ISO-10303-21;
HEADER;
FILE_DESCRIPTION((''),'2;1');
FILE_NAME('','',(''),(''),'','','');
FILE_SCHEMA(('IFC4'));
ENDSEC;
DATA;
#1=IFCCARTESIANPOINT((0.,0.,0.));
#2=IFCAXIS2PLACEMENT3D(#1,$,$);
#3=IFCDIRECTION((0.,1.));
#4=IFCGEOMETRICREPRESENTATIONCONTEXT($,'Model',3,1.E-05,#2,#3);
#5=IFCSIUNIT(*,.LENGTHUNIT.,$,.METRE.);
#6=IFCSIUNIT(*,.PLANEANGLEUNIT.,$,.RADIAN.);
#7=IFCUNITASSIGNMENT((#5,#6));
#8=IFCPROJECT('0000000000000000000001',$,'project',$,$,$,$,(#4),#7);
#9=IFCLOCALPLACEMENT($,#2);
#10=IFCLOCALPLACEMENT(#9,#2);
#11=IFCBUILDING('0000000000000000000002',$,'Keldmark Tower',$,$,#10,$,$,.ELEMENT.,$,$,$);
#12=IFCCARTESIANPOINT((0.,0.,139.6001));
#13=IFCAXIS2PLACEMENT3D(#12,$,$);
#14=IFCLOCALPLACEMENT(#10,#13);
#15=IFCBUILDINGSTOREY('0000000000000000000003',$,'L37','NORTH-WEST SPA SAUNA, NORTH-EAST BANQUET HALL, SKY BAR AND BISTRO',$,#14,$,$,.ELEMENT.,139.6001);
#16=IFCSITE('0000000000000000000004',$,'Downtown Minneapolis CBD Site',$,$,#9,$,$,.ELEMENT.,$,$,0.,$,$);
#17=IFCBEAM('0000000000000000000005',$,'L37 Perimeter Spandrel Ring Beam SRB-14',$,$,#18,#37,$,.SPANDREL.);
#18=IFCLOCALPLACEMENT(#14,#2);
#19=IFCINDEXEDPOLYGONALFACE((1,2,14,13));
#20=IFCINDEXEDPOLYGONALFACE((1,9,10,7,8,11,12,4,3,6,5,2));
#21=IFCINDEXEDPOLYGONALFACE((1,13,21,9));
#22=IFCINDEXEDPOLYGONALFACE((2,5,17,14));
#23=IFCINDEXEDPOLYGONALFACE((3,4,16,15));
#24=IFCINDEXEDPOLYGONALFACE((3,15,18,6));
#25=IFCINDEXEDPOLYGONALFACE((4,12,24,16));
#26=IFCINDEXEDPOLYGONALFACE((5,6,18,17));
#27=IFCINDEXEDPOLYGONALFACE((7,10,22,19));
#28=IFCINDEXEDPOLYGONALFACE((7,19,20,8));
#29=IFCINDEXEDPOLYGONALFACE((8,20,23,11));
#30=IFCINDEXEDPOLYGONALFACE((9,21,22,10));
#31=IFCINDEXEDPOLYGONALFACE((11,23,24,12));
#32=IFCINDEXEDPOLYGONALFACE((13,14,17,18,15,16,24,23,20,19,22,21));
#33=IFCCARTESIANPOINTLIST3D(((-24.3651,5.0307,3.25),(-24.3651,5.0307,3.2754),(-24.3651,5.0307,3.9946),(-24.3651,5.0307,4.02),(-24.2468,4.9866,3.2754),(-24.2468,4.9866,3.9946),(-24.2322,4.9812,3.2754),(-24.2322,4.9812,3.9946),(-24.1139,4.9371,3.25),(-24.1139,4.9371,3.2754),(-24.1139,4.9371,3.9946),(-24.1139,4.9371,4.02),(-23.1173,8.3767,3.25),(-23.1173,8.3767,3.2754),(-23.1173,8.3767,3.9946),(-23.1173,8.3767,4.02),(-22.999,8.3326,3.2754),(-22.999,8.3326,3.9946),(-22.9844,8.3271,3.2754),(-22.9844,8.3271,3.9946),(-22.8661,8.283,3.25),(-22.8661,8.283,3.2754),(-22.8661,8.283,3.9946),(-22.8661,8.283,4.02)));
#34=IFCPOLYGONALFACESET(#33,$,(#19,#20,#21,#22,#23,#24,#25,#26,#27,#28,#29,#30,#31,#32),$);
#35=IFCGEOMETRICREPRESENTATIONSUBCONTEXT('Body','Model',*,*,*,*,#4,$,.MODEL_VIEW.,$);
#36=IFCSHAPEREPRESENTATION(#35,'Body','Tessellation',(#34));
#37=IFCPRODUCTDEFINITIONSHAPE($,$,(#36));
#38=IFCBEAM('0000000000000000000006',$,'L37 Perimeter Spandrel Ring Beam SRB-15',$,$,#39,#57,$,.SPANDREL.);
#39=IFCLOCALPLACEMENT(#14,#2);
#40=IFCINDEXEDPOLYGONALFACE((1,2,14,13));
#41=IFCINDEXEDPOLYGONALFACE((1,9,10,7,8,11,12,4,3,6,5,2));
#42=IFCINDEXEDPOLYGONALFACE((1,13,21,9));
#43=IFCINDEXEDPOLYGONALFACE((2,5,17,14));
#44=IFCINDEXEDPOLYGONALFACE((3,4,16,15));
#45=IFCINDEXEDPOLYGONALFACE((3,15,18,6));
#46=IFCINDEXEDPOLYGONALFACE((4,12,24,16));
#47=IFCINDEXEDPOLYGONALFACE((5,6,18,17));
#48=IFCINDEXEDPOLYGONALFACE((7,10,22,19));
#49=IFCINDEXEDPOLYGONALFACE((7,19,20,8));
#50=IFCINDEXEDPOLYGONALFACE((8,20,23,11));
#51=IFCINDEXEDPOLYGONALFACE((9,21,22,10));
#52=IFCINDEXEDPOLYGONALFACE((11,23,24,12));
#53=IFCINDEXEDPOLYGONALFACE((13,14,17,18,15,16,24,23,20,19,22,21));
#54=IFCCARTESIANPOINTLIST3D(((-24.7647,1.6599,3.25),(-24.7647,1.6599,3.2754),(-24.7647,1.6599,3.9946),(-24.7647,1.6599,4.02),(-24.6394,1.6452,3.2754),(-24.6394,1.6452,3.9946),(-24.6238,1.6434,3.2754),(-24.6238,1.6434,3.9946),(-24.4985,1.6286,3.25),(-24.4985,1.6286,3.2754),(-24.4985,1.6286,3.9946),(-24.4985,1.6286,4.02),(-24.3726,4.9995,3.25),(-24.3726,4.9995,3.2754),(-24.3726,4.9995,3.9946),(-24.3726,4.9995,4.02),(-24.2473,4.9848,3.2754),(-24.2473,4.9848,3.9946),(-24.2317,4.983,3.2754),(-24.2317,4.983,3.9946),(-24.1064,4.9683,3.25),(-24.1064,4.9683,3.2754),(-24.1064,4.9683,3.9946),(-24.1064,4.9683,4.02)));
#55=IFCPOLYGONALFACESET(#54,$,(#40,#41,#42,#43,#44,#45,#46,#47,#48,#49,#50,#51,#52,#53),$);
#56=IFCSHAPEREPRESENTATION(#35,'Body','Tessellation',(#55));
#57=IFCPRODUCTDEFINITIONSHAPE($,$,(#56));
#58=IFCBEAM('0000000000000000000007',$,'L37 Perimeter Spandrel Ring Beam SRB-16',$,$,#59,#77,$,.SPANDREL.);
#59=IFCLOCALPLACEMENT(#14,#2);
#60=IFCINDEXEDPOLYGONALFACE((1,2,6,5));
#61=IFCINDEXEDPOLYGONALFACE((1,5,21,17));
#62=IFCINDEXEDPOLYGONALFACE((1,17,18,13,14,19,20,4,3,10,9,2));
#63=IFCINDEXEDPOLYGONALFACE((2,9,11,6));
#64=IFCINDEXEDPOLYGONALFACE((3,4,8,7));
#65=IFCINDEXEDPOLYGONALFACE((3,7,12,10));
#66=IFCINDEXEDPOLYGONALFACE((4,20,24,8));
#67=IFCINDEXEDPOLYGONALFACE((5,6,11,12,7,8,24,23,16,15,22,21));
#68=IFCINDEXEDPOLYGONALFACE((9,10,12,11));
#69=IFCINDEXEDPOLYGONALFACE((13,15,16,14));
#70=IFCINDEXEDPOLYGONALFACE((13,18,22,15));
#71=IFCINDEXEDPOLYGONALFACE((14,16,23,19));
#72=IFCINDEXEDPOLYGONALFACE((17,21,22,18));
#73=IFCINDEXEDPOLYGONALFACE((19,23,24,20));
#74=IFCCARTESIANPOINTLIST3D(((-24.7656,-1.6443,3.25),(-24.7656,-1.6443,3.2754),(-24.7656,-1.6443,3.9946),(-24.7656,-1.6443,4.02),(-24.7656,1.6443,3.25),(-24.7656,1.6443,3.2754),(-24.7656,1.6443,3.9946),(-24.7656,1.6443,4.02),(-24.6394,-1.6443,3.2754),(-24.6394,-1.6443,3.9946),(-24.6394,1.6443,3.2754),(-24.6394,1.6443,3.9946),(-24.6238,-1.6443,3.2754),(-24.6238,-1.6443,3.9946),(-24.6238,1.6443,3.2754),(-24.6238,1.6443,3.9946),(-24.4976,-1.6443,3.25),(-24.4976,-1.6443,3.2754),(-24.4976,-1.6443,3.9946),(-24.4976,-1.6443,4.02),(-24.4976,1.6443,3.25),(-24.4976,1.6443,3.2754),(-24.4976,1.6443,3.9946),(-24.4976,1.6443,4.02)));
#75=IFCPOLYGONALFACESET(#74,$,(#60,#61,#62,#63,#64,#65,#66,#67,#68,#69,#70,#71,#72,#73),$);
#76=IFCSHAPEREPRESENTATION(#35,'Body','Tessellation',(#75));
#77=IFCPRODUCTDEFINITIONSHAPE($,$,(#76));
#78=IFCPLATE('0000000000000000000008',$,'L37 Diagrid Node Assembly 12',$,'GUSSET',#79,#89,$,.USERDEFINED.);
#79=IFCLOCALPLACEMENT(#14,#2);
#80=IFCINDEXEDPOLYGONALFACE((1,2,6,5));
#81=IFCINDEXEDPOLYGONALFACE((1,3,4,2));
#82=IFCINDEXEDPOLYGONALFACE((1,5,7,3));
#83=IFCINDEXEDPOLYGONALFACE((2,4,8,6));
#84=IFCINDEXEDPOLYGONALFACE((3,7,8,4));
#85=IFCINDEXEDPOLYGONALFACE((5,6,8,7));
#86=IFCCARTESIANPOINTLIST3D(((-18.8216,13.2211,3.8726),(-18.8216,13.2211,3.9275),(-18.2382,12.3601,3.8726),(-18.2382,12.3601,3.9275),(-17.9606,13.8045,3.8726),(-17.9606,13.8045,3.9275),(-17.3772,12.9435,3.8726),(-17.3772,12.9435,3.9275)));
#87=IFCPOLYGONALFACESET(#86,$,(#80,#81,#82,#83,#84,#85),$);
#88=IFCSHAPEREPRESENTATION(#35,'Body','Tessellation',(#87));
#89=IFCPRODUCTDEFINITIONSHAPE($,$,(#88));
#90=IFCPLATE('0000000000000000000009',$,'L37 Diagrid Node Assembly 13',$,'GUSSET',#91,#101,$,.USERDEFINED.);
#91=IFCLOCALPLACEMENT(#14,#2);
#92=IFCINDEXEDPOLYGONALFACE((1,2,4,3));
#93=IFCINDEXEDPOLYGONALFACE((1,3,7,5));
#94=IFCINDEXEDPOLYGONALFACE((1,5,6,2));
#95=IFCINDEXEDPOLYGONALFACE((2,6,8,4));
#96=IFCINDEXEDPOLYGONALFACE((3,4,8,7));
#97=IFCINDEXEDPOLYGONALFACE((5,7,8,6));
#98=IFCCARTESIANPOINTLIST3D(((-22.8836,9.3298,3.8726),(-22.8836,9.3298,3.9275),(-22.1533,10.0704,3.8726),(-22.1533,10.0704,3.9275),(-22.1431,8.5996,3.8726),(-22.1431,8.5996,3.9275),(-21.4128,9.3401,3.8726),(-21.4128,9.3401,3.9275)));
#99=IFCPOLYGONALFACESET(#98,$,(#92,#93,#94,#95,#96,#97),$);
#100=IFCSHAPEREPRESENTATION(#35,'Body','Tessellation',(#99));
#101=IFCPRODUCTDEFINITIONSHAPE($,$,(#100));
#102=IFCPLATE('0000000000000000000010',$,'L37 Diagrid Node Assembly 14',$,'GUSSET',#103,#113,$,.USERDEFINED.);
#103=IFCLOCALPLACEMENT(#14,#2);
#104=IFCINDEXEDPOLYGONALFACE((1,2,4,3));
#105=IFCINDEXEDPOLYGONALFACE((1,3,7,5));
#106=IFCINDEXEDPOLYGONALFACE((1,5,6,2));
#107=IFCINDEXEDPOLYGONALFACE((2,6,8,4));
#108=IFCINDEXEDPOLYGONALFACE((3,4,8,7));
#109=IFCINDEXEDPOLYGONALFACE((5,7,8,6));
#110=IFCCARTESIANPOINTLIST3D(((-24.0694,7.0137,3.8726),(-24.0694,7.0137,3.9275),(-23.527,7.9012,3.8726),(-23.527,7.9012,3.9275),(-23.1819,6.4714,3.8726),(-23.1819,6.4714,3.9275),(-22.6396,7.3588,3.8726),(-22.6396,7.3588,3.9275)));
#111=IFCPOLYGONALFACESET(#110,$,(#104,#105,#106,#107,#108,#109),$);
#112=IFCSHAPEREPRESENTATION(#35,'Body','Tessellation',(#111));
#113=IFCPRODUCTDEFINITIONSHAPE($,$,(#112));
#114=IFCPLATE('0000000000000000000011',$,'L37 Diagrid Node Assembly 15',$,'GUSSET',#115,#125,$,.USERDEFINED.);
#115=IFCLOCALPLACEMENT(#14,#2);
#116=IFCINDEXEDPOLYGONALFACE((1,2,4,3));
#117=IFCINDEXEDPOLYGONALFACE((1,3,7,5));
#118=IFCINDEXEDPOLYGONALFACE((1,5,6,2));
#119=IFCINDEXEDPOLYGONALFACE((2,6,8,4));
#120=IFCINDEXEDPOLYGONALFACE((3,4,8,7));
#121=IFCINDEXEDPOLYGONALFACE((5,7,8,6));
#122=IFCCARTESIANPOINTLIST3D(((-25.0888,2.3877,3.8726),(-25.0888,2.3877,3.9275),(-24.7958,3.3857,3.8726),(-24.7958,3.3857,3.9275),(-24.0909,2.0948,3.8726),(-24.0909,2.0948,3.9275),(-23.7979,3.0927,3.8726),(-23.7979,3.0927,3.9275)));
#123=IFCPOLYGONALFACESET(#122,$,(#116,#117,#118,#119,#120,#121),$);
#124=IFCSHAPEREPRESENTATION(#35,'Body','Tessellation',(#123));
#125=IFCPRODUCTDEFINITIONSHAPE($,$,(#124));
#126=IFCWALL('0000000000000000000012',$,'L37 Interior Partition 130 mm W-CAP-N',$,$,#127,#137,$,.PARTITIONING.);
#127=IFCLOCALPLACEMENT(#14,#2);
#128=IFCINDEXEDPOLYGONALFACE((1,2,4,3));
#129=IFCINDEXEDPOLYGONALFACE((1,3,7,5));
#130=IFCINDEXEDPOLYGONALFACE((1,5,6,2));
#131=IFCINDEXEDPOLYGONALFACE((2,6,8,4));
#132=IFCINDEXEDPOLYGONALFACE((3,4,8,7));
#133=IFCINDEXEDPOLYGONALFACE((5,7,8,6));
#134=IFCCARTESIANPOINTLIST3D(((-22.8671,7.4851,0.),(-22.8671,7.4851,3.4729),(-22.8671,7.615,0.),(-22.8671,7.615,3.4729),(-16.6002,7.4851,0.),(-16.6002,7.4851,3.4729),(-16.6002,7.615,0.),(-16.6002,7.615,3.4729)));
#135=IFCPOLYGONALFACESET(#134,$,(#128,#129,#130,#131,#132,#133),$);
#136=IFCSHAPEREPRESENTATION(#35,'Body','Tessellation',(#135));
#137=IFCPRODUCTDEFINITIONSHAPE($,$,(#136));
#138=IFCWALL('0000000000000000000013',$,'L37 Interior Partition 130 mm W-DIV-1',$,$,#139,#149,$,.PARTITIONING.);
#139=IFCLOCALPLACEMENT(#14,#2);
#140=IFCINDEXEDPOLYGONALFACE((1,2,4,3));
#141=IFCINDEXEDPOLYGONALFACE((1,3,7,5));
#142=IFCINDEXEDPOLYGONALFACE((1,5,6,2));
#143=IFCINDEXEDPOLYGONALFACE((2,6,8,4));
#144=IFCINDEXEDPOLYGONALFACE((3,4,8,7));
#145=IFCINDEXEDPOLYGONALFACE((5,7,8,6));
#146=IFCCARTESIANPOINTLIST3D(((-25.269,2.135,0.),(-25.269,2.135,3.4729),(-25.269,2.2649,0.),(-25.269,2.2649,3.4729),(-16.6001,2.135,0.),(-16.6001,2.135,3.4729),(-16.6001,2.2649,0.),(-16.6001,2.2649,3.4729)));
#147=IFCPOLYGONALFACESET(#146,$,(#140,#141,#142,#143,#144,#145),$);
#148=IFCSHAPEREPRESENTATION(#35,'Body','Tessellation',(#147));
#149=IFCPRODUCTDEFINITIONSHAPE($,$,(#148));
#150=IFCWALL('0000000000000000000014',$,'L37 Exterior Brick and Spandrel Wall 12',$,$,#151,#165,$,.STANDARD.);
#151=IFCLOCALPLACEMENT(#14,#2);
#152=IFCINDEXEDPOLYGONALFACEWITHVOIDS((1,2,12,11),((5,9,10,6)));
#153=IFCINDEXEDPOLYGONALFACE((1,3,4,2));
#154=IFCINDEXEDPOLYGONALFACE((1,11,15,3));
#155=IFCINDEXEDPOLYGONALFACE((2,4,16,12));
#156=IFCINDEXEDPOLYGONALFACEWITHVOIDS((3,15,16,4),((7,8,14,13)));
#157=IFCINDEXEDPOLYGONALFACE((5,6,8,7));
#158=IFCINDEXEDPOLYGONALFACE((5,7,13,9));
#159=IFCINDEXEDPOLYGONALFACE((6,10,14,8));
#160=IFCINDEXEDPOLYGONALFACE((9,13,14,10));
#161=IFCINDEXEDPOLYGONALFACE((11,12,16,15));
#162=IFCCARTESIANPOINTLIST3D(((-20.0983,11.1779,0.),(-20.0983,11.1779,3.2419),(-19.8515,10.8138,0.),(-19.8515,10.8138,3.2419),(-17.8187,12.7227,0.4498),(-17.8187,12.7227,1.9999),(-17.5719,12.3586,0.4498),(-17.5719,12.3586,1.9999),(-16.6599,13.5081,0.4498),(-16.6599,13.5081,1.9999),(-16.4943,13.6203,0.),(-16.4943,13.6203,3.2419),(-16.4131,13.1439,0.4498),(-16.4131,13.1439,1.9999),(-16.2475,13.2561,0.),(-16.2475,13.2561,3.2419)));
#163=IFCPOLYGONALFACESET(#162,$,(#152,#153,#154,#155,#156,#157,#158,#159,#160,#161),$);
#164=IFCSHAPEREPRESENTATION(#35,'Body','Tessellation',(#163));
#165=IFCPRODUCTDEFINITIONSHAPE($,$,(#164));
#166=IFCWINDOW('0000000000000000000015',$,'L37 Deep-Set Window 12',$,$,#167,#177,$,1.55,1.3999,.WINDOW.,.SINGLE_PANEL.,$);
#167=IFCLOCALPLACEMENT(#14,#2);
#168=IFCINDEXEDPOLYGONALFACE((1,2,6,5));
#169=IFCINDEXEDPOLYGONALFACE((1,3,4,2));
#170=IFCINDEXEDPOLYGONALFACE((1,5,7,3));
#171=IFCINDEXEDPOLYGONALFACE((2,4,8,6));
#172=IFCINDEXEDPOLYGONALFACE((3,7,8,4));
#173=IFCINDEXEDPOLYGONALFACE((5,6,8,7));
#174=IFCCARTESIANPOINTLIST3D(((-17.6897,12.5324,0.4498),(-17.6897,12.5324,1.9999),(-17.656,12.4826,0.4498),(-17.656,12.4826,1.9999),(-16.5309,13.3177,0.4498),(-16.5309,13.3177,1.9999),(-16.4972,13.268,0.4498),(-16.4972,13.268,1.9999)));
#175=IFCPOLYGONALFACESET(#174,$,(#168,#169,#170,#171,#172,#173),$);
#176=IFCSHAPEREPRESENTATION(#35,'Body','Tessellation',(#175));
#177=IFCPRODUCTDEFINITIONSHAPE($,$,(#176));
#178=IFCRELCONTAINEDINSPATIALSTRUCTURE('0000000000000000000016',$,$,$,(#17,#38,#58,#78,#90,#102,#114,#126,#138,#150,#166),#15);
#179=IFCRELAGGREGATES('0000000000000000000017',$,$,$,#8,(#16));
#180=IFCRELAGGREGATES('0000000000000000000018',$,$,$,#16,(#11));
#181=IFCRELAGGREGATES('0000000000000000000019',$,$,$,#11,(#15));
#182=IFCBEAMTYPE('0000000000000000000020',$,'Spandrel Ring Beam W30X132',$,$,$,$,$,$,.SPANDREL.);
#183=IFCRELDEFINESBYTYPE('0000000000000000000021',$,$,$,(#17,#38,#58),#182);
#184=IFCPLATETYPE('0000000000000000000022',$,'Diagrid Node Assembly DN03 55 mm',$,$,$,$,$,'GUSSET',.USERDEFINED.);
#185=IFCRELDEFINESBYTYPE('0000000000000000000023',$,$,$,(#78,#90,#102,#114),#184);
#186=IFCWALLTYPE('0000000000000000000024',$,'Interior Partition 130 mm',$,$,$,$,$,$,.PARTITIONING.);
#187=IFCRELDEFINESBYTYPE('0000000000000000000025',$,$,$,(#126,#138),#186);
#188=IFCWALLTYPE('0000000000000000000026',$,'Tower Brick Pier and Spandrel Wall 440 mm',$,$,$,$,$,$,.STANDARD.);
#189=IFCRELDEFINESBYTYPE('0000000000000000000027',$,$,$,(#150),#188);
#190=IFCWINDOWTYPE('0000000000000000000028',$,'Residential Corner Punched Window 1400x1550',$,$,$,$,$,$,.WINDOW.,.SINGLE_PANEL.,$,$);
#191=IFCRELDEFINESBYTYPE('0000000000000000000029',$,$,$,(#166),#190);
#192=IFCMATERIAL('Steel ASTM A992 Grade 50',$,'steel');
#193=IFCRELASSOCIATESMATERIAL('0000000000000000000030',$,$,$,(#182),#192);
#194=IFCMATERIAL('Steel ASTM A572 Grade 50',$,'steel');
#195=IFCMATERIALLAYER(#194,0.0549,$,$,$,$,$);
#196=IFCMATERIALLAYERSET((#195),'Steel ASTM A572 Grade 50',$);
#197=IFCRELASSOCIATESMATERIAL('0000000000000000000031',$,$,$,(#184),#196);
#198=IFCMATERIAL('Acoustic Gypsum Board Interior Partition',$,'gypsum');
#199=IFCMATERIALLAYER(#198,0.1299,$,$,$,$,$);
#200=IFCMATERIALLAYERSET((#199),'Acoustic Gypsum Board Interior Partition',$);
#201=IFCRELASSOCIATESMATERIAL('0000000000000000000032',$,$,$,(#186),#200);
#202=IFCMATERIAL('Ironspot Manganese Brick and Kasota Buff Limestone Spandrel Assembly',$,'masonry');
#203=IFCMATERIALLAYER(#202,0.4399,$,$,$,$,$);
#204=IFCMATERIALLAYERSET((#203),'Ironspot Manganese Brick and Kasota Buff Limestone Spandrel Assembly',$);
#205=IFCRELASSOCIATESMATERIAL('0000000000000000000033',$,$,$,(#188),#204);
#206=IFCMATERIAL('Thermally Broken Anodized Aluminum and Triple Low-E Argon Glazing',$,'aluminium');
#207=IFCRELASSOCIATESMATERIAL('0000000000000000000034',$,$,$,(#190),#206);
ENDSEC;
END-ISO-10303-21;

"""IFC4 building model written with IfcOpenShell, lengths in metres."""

from ifc_helpers import new_model, si_unit, direction, frame, frame_2d, origin, origin_2d, place, context, subcontext, project, spatial, rectangle, i_section, extrude, material, layer, layer_set, material_profile, profile_set, type_object, element, fill, save


model = new_model("IFC4")

# Units and contexts
model_context = context("Model", 3, precision=1e-05, world=origin(), true_north=direction((0.0, 1.0)))
body_context = subcontext(model_context, "Body", "Model", "MODEL_VIEW")
ifc_project = project(units=[si_unit("LENGTHUNIT", "METRE"), si_unit("PLANEANGLEUNIT", "RADIAN")], contexts=[model_context])

# Site, building, storey
site_placement = place(None, origin())
site = spatial("IfcSite", under=ifc_project, at=site_placement, Name="Downtown Minneapolis CBD Site", CompositionType="ELEMENT", RefElevation=0.0)
building_placement = place(site_placement, origin())
building = spatial("IfcBuilding", under=site, at=building_placement, Name="Keldmark Tower", CompositionType="ELEMENT")
storey_placement = place(building_placement, frame((0.0, 0.0, 139.6001)))
storey = spatial("IfcBuildingStorey", under=building, at=storey_placement, Name="L37", Description="NORTH-WEST SPA SAUNA, NORTH-EAST BANQUET HALL, SKY BAR AND BISTRO", CompositionType="ELEMENT", Elevation=139.6001)

# Beams
ifc_material_1 = material(Name="Steel ASTM A992 Grade 50", Category="steel")
ifc_material_profile_1 = material_profile(ifc_material_1, i_section(OverallWidth=0.2681, OverallDepth=0.77, WebThickness=0.0156, FlangeThickness=0.0254, at=origin_2d()), Name="W30X132")
ifc_profile_set_1 = profile_set([ifc_material_profile_1], Name="Steel ASTM A992 Grade 50")
beam_type_1 = type_object("IfcBeamType", Name="Spandrel Ring Beam W30X132", PredefinedType="SPANDREL", material=ifc_profile_set_1)
beam_1_placement = place(storey_placement, frame((-22.9917, 8.3298, 3.635), z_axis=(-0.349422, -0.936965, 0.0), x_axis=(0.936965, -0.349422, 0.0)))
element("IfcBeam", 1, at=beam_1_placement, inside=storey, type_object=beam_type_1, Name="L37 Perimeter Spandrel Ring Beam SRB-14", PredefinedType="SPANDREL", context=body_context, shape_type="SweptSolid", body=[
    extrude(i_section(OverallWidth=0.2681, OverallDepth=0.77, WebThickness=0.0156, FlangeThickness=0.0254, at=origin_2d()), origin(), (0.0, 0.0, 1.0), 3.571),
])
beam_2_placement = place(storey_placement, frame((-24.2395, 4.9839, 3.635), z_axis=(-0.116605, -0.993178, 0.0), x_axis=(0.993178, -0.116605, 0.0)))
element("IfcBeam", 2, at=beam_2_placement, inside=storey, type_object=beam_type_1, Name="L37 Perimeter Spandrel Ring Beam SRB-15", PredefinedType="SPANDREL", context=body_context, shape_type="SweptSolid", body=[
    extrude(i_section(OverallWidth=0.2681, OverallDepth=0.77, WebThickness=0.0156, FlangeThickness=0.0254, at=origin_2d()), origin(), (0.0, 0.0, 1.0), 3.3625),
])
beam_3_placement = place(storey_placement, frame((-24.6316, 1.6443, 3.635), z_axis=(0.0, -1.0, 0.0), x_axis=(1.0, 0.0, 0.0)))
element("IfcBeam", 3, at=beam_3_placement, inside=storey, type_object=beam_type_1, Name="L37 Perimeter Spandrel Ring Beam SRB-16", PredefinedType="SPANDREL", context=body_context, shape_type="SweptSolid", body=[
    extrude(i_section(OverallWidth=0.2681, OverallDepth=0.77, WebThickness=0.0156, FlangeThickness=0.0254, at=origin_2d()), origin(), (0.0, 0.0, 1.0), 3.2886),
])

# Plates
ifc_material_2 = material(Name="Steel ASTM A572 Grade 50", Category="steel")
ifc_layer_1 = layer(ifc_material_2, 0.0549)
ifc_layer_set_1 = layer_set([ifc_layer_1], Name="Steel ASTM A572 Grade 50")
plate_type = type_object("IfcPlateType", Name="Diagrid Node Assembly DN03 55 mm", ElementType="GUSSET", PredefinedType="USERDEFINED", material=ifc_layer_set_1)
for number, where, z_axis, x_axis, name in (
    (4, (-18.0994, 13.0823, 3.8726), (0.0, 0.0, 1.0), (-0.827865, -0.560928, 0.0), "L37 Diagrid Node Assembly 12"),
    (5, (-22.1482, 9.335, 3.8726), (0.0, 0.0, 1.0), (-0.702153, -0.712026, 0.0), "L37 Diagrid Node Assembly 13"),
    (6, (-23.3545, 7.1863, 3.8726), (0.0, 0.0, 1.0), (-0.521456, -0.853278, 0.0), "L37 Diagrid Node Assembly 14"),
    (7, (-24.4434, 2.7402, 3.8726), (0.0, 0.0, 1.0), (-0.281672, -0.959511, 0.0), "L37 Diagrid Node Assembly 15"),
):
    element("IfcPlate", number, at=place(storey_placement, frame(where, z_axis=z_axis, x_axis=x_axis)), inside=storey, type_object=plate_type, Name=name, ObjectType="GUSSET", PredefinedType="USERDEFINED", context=body_context, shape_type="SweptSolid", body=[
        extrude(rectangle(XDim=1.04, YDim=1.04, at=origin_2d()), origin(), (0.0, 0.0, 1.0), 0.0549),
    ])

# Walls
ifc_material_3 = material(Name="Acoustic Gypsum Board Interior Partition", Category="gypsum")
ifc_layer_2 = layer(ifc_material_3, 0.1299)
ifc_layer_set_2 = layer_set([ifc_layer_2], Name="Acoustic Gypsum Board Interior Partition")
wall_type_1 = type_object("IfcWallType", Name="Interior Partition 130 mm", PredefinedType="PARTITIONING", material=ifc_layer_set_2)
wall_1_placement = place(storey_placement, frame((-22.8669, 7.55, 0.0), z_axis=(0.0, 0.0, 1.0), x_axis=(1.0, 0.0, 0.0)))
element("IfcWall", 8, at=wall_1_placement, inside=storey, type_object=wall_type_1, Name="L37 Interior Partition 130 mm W-CAP-N", PredefinedType="PARTITIONING", context=body_context, shape_type="SweptSolid", body=[
    extrude(rectangle(XDim=6.2668, YDim=0.1299, at=frame_2d((3.1333, 0.0))), origin(), (0.0, 0.0, 1.0), 3.4729),
])
wall_2_placement = place(storey_placement, frame((-25.269, 2.2, 0.0), z_axis=(0.0, 0.0, 1.0), x_axis=(1.0, 0.0, 0.0)))
element("IfcWall", 9, at=wall_2_placement, inside=storey, type_object=wall_type_1, Name="L37 Interior Partition 130 mm W-DIV-1", PredefinedType="PARTITIONING", context=body_context, shape_type="SweptSolid", body=[
    extrude(rectangle(XDim=8.6689, YDim=0.1299, at=frame_2d((4.3345, 0.0))), origin(), (0.0, 0.0, 1.0), 3.4729),
])

# Wall, opening, window
ifc_material_4 = material(Name="Ironspot Manganese Brick and Kasota Buff Limestone Spandrel Assembly", Category="masonry")
ifc_layer_3 = layer(ifc_material_4, 0.4399)
ifc_layer_set_3 = layer_set([ifc_layer_3], Name="Ironspot Manganese Brick and Kasota Buff Limestone Spandrel Assembly")
wall_type_2 = type_object("IfcWallType", Name="Tower Brick Pier and Spandrel Wall 440 mm", PredefinedType="STANDARD", material=ifc_layer_set_3)
wall_3_placement = place(storey_placement, frame((-19.9749, 10.9958, 0.0), z_axis=(0.0, 0.0, 1.0), x_axis=(0.827816, 0.560999, 0.0)))
wall_3 = element("IfcWall", 10, at=wall_3_placement, inside=storey, type_object=wall_type_2, Name="L37 Exterior Brick and Spandrel Wall 12", PredefinedType="STANDARD", context=body_context, shape_type="SweptSolid", body=[
    extrude(rectangle(XDim=4.3535, YDim=0.4399, at=frame_2d((2.1768, 0.0))), origin(), (0.0, 0.0, 1.0), 3.2419),
])
opening_1_placement = place(wall_3_placement, frame((2.7537, 0.0, 0.45)))
opening_1 = element("IfcOpeningElement", 11, at=opening_1_placement, cuts=wall_3, PredefinedType="OPENING", context=body_context, shape_type="SweptSolid", body=[
    extrude(rectangle(XDim=1.3999, YDim=1.55, at=frame_2d((0.7, 0.7749))), frame((0.0, 0.23, 0.0), z_axis=(0.0, -1.0, 0.0), x_axis=(1.0, 0.0, 0.0)), (0.0, 0.0, 1.0), 0.46),
])
ifc_material_5 = material(Name="Thermally Broken Anodized Aluminum and Triple Low-E Argon Glazing", Category="aluminium")
window_type_1 = type_object("IfcWindowType", Name="Residential Corner Punched Window 1400x1550", PartitioningType="SINGLE_PANEL", PredefinedType="WINDOW", material=ifc_material_5)
window_1_placement = place(opening_1_placement, origin())
window_1 = element("IfcWindow", 12, at=window_1_placement, inside=storey, type_object=window_type_1, Name="L37 Deep-Set Window 12", OverallHeight=1.55, OverallWidth=1.3999, PartitioningType="SINGLE_PANEL", PredefinedType="WINDOW", context=body_context, shape_type="SweptSolid", body=[
    extrude(rectangle(XDim=1.3999, YDim=1.55, at=frame_2d((0.7, 0.7749))), frame((0.0, -0.01, 0.0), z_axis=(0.0, -1.0, 0.0), x_axis=(1.0, 0.0, 0.0)), (0.0, 0.0, 1.0), 0.0601),
])
fill(opening_1, window_1)

save(model, "model.ifc")
